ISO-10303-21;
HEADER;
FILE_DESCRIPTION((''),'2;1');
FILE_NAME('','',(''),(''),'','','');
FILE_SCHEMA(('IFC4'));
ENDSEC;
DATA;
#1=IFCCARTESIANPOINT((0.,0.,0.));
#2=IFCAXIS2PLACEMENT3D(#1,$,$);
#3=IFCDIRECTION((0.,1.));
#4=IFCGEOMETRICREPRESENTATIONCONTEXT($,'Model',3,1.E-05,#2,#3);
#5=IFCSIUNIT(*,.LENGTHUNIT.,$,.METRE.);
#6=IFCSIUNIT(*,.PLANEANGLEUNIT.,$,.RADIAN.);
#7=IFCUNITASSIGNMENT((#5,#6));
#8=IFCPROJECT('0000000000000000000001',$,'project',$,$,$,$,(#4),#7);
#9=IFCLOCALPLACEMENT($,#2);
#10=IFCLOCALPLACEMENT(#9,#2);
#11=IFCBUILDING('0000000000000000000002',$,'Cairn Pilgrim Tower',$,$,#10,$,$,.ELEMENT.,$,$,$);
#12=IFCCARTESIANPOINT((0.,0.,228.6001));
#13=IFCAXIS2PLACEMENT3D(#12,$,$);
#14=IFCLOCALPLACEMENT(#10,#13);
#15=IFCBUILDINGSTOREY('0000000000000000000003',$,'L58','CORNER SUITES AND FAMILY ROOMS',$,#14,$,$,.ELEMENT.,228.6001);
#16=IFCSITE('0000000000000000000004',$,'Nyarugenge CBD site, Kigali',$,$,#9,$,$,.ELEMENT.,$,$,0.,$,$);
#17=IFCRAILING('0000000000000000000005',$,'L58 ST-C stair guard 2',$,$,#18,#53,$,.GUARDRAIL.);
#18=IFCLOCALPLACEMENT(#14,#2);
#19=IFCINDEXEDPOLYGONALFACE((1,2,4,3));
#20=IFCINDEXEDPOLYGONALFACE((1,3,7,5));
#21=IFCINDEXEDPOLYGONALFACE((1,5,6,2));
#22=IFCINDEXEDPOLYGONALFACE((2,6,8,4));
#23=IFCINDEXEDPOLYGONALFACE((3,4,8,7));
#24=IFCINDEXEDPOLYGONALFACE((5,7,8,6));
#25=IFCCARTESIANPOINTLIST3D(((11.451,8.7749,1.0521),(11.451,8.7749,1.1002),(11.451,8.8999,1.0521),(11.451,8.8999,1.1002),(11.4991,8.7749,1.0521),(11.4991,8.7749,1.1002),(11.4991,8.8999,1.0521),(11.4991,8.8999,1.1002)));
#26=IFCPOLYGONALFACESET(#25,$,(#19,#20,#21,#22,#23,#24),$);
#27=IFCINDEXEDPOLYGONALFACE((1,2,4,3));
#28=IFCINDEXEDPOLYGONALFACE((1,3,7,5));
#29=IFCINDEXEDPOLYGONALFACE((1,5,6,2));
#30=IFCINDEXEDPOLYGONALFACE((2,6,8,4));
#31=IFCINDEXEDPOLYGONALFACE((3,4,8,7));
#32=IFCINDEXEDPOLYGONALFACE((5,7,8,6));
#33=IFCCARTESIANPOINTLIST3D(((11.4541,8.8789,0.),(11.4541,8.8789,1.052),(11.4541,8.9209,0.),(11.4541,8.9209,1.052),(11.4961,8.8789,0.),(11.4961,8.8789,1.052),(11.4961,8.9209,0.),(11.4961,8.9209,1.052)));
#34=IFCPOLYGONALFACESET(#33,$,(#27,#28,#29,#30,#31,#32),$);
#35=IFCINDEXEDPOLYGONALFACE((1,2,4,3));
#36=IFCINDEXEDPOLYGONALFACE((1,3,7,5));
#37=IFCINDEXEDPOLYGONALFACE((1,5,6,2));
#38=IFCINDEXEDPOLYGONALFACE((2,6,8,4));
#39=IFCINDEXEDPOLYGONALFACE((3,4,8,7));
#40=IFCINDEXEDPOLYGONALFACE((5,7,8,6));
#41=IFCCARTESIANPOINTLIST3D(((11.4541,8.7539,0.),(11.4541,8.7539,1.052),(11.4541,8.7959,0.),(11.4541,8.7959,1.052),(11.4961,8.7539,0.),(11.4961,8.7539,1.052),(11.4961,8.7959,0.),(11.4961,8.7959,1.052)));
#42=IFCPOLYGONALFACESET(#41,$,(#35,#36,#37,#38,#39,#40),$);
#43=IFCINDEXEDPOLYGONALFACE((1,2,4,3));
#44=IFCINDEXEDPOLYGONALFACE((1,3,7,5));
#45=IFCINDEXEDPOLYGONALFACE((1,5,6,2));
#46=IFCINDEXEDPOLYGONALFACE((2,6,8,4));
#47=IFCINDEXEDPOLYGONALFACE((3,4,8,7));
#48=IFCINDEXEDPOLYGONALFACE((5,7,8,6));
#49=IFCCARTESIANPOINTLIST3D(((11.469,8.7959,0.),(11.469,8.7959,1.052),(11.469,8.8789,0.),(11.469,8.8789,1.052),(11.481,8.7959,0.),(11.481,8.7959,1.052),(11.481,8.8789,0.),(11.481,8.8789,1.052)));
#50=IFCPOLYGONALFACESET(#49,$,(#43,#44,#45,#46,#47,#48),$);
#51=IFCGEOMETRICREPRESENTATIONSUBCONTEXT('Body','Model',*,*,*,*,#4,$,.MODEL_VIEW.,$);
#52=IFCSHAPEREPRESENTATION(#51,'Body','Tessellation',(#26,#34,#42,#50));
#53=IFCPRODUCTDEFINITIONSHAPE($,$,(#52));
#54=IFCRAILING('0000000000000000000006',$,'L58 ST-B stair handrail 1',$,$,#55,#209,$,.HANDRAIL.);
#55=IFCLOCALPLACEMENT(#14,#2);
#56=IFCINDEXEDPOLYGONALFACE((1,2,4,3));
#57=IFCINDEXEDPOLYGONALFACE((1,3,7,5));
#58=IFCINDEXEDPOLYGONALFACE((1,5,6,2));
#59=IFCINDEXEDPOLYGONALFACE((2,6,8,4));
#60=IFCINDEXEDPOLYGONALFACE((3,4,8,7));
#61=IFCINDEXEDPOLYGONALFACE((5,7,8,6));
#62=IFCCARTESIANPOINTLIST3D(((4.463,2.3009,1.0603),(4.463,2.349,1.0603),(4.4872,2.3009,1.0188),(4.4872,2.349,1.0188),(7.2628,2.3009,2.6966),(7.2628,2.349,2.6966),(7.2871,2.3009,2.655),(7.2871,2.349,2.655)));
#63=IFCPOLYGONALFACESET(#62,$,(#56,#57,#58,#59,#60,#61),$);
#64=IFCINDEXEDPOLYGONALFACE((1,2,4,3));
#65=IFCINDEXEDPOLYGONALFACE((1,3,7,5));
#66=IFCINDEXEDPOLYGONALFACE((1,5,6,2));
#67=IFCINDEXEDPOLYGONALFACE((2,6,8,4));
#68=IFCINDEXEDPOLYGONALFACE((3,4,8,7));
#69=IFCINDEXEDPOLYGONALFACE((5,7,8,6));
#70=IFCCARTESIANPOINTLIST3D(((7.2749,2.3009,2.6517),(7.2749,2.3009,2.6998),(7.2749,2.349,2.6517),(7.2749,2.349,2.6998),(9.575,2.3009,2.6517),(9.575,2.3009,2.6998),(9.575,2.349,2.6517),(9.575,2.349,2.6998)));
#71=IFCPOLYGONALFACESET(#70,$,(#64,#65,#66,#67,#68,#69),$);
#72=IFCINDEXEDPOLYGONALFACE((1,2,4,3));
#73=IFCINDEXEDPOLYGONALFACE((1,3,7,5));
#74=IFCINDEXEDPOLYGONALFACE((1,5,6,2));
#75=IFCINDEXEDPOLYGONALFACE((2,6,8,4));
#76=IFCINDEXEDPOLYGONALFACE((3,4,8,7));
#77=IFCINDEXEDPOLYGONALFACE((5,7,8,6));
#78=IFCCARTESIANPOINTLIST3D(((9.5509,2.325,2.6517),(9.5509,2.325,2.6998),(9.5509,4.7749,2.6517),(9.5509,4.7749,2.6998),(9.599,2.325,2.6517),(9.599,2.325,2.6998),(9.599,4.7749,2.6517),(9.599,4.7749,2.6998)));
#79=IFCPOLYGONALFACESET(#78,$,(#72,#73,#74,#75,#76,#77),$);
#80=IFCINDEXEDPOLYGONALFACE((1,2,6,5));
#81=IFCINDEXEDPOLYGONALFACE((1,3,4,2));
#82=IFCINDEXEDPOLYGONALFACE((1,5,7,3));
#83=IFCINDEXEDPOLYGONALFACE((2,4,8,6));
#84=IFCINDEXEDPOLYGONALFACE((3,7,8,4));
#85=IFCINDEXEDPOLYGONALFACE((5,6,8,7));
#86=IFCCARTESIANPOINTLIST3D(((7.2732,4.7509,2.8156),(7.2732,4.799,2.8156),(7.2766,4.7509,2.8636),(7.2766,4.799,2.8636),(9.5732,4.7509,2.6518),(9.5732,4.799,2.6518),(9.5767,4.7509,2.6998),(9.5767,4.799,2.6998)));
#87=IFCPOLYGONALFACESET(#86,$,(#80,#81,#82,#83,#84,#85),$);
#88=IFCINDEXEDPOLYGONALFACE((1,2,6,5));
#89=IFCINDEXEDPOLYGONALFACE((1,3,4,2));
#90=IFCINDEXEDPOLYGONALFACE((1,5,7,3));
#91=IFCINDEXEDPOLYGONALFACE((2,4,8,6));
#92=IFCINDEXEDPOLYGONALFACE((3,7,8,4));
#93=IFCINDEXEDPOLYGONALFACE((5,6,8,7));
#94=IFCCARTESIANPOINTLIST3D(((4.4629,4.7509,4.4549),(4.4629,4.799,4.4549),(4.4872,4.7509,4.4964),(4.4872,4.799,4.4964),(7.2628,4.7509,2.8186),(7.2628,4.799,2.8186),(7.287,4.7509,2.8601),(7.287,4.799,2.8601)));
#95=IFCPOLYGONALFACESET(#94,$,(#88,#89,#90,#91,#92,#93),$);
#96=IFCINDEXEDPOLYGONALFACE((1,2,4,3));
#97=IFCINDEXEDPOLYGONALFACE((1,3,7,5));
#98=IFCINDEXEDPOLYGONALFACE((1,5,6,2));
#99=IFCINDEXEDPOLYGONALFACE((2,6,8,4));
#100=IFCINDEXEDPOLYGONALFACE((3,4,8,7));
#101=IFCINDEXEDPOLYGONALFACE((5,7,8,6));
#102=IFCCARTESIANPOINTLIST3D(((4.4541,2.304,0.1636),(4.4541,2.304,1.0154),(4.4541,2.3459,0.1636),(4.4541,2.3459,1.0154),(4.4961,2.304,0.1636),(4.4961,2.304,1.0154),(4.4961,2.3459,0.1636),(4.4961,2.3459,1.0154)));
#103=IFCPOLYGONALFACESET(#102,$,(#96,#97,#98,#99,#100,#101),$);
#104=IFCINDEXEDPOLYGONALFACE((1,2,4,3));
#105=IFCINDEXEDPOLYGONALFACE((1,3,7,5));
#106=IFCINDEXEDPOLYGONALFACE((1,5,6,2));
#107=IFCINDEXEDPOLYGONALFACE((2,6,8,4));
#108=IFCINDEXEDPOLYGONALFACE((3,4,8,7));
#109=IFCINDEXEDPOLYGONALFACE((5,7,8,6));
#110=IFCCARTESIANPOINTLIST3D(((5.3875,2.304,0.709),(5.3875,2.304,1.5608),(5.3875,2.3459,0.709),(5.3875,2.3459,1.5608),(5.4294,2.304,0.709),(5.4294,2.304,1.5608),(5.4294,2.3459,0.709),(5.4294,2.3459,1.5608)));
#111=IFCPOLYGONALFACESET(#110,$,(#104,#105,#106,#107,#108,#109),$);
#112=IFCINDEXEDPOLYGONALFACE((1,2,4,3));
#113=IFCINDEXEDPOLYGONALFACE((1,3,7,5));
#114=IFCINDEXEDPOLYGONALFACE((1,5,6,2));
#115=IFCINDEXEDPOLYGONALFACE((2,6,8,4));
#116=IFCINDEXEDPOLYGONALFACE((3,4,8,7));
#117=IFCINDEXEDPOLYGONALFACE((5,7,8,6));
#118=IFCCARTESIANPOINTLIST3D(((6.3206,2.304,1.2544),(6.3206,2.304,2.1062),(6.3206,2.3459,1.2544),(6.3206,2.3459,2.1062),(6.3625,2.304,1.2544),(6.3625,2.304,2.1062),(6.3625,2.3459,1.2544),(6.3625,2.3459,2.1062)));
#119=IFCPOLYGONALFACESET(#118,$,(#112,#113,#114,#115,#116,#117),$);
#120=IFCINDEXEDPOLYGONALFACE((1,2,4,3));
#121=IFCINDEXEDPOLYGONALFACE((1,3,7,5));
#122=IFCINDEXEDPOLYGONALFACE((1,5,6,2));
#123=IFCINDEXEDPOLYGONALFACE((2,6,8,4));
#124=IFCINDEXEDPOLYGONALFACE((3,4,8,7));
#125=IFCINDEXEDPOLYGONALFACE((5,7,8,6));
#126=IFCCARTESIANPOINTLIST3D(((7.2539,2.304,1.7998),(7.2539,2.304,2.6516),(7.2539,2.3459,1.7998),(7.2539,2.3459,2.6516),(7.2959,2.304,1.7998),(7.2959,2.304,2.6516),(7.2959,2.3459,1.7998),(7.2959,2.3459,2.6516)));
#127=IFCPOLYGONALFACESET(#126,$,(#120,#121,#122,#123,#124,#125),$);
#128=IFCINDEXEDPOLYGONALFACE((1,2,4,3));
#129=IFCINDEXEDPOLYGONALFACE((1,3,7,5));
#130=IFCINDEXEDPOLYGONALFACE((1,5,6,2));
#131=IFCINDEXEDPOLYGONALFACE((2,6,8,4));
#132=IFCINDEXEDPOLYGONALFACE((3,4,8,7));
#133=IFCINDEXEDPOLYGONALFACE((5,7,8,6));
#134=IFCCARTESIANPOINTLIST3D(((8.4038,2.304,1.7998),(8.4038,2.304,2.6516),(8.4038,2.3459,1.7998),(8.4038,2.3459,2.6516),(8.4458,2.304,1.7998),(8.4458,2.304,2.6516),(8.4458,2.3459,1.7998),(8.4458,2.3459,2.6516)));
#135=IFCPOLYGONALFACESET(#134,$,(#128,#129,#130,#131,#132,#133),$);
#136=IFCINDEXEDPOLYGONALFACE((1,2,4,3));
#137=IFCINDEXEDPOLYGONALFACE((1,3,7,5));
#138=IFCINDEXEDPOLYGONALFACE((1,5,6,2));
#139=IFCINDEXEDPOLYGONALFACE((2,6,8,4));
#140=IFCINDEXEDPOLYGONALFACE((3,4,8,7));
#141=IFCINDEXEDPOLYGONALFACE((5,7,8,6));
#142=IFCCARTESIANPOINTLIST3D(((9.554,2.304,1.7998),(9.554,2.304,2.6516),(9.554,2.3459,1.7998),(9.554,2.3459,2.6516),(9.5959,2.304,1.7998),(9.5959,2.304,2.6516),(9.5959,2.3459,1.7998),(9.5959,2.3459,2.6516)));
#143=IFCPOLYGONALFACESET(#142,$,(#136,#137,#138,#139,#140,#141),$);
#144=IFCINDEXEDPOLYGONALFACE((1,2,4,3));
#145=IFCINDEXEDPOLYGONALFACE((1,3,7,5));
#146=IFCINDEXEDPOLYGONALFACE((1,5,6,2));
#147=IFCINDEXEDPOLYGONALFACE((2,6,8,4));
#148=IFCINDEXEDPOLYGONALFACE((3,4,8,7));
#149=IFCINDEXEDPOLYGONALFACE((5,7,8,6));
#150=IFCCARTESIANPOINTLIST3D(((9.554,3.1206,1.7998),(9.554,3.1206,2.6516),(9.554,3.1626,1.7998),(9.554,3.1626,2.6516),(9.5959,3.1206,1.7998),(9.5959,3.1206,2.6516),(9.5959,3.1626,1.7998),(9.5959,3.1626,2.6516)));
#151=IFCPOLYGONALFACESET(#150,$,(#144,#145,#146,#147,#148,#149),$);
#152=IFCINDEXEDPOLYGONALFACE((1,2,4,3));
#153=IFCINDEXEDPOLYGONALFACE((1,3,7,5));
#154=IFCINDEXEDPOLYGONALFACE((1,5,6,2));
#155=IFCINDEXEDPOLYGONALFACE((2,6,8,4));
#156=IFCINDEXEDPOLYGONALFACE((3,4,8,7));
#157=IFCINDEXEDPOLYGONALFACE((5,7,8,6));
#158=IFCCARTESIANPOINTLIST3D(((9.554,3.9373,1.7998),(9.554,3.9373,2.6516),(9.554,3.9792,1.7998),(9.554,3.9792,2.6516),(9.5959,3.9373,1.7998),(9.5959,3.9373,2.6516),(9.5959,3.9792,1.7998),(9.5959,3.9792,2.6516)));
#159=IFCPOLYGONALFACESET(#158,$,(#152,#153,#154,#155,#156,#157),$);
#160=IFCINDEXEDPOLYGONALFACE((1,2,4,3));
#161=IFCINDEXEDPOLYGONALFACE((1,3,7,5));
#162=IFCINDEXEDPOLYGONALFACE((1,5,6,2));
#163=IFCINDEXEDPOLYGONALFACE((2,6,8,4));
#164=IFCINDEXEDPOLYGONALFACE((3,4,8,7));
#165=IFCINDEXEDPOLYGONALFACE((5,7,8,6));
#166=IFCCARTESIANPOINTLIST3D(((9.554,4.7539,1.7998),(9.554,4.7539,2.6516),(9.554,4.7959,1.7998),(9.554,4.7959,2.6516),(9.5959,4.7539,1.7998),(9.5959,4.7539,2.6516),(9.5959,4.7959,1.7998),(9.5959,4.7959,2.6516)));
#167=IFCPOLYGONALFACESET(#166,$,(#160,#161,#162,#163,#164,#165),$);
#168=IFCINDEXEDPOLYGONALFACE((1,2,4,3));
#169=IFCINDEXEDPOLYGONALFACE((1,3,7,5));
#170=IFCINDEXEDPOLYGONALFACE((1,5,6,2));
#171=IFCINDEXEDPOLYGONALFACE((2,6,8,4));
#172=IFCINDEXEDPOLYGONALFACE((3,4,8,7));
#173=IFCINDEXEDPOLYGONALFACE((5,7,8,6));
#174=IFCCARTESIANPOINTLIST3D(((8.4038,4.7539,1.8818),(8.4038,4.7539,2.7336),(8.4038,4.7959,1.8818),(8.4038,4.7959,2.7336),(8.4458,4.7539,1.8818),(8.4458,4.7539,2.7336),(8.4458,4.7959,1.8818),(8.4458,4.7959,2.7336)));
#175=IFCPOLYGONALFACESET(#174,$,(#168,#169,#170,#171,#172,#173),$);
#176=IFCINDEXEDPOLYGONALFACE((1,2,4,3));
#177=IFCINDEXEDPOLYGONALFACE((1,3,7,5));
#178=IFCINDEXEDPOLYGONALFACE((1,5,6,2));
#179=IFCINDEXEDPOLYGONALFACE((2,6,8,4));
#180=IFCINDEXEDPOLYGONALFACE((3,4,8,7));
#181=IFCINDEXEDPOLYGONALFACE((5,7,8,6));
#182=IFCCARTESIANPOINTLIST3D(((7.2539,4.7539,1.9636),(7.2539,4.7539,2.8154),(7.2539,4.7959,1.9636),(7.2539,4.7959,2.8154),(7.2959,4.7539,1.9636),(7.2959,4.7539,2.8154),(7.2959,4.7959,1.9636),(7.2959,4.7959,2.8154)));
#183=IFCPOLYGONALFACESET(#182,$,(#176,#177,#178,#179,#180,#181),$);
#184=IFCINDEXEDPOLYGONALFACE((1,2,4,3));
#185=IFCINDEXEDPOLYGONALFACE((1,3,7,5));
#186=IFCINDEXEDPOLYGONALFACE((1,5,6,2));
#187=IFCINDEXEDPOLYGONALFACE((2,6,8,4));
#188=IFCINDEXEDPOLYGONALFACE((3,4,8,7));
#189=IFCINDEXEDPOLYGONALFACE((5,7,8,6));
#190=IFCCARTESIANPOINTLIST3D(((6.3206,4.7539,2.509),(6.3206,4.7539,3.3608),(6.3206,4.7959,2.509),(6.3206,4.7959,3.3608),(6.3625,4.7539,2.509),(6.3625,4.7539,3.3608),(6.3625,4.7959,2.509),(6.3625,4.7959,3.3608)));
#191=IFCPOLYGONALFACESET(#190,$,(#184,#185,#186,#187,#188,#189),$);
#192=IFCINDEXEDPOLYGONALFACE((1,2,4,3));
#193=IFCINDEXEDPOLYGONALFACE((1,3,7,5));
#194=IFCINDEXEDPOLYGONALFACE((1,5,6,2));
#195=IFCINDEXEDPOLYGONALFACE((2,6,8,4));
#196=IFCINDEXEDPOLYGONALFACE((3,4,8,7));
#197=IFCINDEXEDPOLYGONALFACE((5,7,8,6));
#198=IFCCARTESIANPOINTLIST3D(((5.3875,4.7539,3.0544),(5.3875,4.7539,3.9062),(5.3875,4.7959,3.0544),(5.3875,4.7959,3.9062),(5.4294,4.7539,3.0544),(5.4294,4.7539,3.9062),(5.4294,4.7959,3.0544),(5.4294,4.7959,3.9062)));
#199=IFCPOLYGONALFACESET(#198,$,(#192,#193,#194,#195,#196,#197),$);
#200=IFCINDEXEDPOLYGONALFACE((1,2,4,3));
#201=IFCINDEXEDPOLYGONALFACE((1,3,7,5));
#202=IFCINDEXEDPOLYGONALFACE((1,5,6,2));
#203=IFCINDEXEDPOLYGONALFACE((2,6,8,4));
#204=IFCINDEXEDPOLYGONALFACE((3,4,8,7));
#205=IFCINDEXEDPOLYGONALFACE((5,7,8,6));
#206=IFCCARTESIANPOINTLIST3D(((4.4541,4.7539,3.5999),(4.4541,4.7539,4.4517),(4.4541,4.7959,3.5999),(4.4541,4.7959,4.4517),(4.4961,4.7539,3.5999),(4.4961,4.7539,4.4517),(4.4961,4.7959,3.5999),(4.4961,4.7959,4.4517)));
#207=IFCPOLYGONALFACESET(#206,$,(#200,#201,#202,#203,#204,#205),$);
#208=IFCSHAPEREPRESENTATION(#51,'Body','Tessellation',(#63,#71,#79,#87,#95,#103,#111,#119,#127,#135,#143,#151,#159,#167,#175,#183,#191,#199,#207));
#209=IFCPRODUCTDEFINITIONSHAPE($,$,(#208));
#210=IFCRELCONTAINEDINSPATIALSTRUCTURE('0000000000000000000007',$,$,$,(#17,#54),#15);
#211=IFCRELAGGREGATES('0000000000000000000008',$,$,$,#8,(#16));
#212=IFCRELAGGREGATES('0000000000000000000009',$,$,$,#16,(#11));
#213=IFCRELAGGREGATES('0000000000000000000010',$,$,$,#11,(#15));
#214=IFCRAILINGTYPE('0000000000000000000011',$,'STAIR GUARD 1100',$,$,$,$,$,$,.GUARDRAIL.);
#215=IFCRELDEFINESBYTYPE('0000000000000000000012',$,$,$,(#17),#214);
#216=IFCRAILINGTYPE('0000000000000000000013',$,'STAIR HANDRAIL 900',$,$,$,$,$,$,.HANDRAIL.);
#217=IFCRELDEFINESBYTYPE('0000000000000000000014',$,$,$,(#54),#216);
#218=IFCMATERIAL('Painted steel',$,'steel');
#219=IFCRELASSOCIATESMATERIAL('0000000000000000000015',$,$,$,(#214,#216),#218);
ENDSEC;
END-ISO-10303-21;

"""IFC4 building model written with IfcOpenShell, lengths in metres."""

from ifc_helpers import new_model, si_unit, direction, frame, origin, origin_2d, place, context, subcontext, project, spatial, polyline, rectangle, outline, extrude, material, type_object, element, save


model = new_model("IFC4")

# Units and contexts
model_context = context("Model", 3, precision=1e-05, world=origin(), true_north=direction((0.0, 1.0)))
body_context = subcontext(model_context, "Body", "Model", "MODEL_VIEW")
ifc_project = project(units=[si_unit("LENGTHUNIT", "METRE"), si_unit("PLANEANGLEUNIT", "RADIAN")], contexts=[model_context])

# Site, building, storey
site_placement = place(None, origin())
site = spatial("IfcSite", under=ifc_project, at=site_placement, Name="Nyarugenge CBD site, Kigali", CompositionType="ELEMENT", RefElevation=0.0)
building_placement = place(site_placement, origin())
building = spatial("IfcBuilding", under=site, at=building_placement, Name="Cairn Pilgrim Tower", CompositionType="ELEMENT")
storey_placement = place(building_placement, frame((0.0, 0.0, 228.6001)))
storey = spatial("IfcBuildingStorey", under=building, at=storey_placement, Name="L58", Description="CORNER SUITES AND FAMILY ROOMS", CompositionType="ELEMENT", Elevation=228.6001)

# Shared definitions
ifc_material_1 = material(Name="Painted steel", Category="steel")

# Railings
railing_type_1 = type_object("IfcRailingType", Name="STAIR GUARD 1100", PredefinedType="GUARDRAIL", material=ifc_material_1)
railing_1_placement = place(storey_placement, frame((11.4751, 8.8999, 0.0)))
element("IfcRailing", 1, at=railing_1_placement, inside=storey, type_object=railing_type_1, Name="L58 ST-C stair guard 2", PredefinedType="GUARDRAIL", context=body_context, shape_type="SweptSolid", body=[
    extrude(rectangle(XDim=0.0481, YDim=0.0481, at=origin_2d()), frame((0.0, 0.0, 1.0762), z_axis=(0.0, -1.0, 0.0), x_axis=(1.0, 0.0, 0.0)), (0.0, 0.0, 1.0), 0.125),
    extrude(rectangle(XDim=0.042, YDim=0.042, at=origin_2d()), origin(), (0.0, 0.0, 1.0), 1.052),
    extrude(rectangle(XDim=0.042, YDim=0.042, at=origin_2d()), frame((0.0, -0.125, 0.0)), (0.0, 0.0, 1.0), 1.052),
    extrude(outline(polyline([(0.021, 0.0), (0.104, 0.0), (0.104, 1.052), (0.021, 1.052), (0.021, 0.0)])), frame((0.0059, 0.0, 0.0), z_axis=(-1.0, 0.0, 0.0), x_axis=(0.0, -1.0, 0.0)), (0.0, 0.0, 1.0), 0.012),
])
railing_type_2 = type_object("IfcRailingType", Name="STAIR HANDRAIL 900", PredefinedType="HANDRAIL", material=ifc_material_1)
railing_2_placement = place(storey_placement, frame((4.4751, 2.325, 0.1636)))
element("IfcRailing", 2, at=railing_2_placement, inside=storey, type_object=railing_type_2, Name="L58 ST-B stair handrail 1", PredefinedType="HANDRAIL", context=body_context, shape_type="SweptSolid", body=[
    extrude(rectangle(XDim=0.0481, YDim=0.0481, at=origin_2d()), frame((0.0, 0.0, 0.876), z_axis=(0.863374, 0.0, 0.504564), x_axis=(0.0, 1.0, 0.0)), (0.0, 0.0, 1.0), 3.2429),
    extrude(rectangle(XDim=0.0481, YDim=0.0481, at=origin_2d()), frame((2.7998, 0.0, 2.5122), z_axis=(1.0, 0.0, 0.0), x_axis=(0.0, 1.0, 0.0)), (0.0, 0.0, 1.0), 2.3),
    extrude(rectangle(XDim=0.0481, YDim=0.0481, at=origin_2d()), frame((5.0999, 0.0, 2.5122), z_axis=(0.0, 1.0, 0.0), x_axis=(-1.0, 0.0, 0.0)), (0.0, 0.0, 1.0), 2.45),
    extrude(rectangle(XDim=0.0481, YDim=0.0481, at=origin_2d()), frame((5.0999, 2.45, 2.5122), z_axis=(-0.997473, 0.0, 0.071044), x_axis=(0.0, -1.0, 0.0)), (0.0, 0.0, 1.0), 2.3059),
    extrude(rectangle(XDim=0.0481, YDim=0.0481, at=origin_2d()), frame((2.7998, 2.45, 2.6758), z_axis=(-0.863374, 0.0, 0.504564), x_axis=(0.0, -1.0, 0.0)), (0.0, 0.0, 1.0), 3.2429),
    extrude(rectangle(XDim=0.042, YDim=0.042, at=origin_2d()), origin(), (0.0, 0.0, 1.0), 0.8518),
    extrude(rectangle(XDim=0.042, YDim=0.042, at=origin_2d()), frame((0.9333, 0.0, 0.5454)), (0.0, 0.0, 1.0), 0.8518),
    extrude(rectangle(XDim=0.042, YDim=0.042, at=origin_2d()), frame((1.8665, 0.0, 1.0908)), (0.0, 0.0, 1.0), 0.8518),
    extrude(rectangle(XDim=0.042, YDim=0.042, at=origin_2d()), frame((2.7998, 0.0, 1.6362)), (0.0, 0.0, 1.0), 0.8518),
    extrude(rectangle(XDim=0.042, YDim=0.042, at=origin_2d()), frame((3.9497, 0.0, 1.6362)), (0.0, 0.0, 1.0), 0.8518),
    extrude(rectangle(XDim=0.042, YDim=0.042, at=origin_2d()), frame((5.0999, 0.0, 1.6362)), (0.0, 0.0, 1.0), 0.8518),
    extrude(rectangle(XDim=0.042, YDim=0.042, at=origin_2d()), frame((5.0999, 0.8167, 1.6362)), (0.0, 0.0, 1.0), 0.8518),
    extrude(rectangle(XDim=0.042, YDim=0.042, at=origin_2d()), frame((5.0999, 1.6333, 1.6362)), (0.0, 0.0, 1.0), 0.8518),
    extrude(rectangle(XDim=0.042, YDim=0.042, at=origin_2d()), frame((5.0999, 2.45, 1.6362)), (0.0, 0.0, 1.0), 0.8518),
    extrude(rectangle(XDim=0.042, YDim=0.042, at=origin_2d()), frame((3.9497, 2.45, 1.7183)), (0.0, 0.0, 1.0), 0.8518),
    extrude(rectangle(XDim=0.042, YDim=0.042, at=origin_2d()), frame((2.7998, 2.45, 1.8)), (0.0, 0.0, 1.0), 0.8518),
    extrude(rectangle(XDim=0.042, YDim=0.042, at=origin_2d()), frame((1.8665, 2.45, 2.3455)), (0.0, 0.0, 1.0), 0.8518),
    extrude(rectangle(XDim=0.042, YDim=0.042, at=origin_2d()), frame((0.9333, 2.45, 2.8909)), (0.0, 0.0, 1.0), 0.8518),
    extrude(rectangle(XDim=0.042, YDim=0.042, at=origin_2d()), frame((0.0, 2.45, 3.4363)), (0.0, 0.0, 1.0), 0.8518),
])

save(model, "model.ifc")
